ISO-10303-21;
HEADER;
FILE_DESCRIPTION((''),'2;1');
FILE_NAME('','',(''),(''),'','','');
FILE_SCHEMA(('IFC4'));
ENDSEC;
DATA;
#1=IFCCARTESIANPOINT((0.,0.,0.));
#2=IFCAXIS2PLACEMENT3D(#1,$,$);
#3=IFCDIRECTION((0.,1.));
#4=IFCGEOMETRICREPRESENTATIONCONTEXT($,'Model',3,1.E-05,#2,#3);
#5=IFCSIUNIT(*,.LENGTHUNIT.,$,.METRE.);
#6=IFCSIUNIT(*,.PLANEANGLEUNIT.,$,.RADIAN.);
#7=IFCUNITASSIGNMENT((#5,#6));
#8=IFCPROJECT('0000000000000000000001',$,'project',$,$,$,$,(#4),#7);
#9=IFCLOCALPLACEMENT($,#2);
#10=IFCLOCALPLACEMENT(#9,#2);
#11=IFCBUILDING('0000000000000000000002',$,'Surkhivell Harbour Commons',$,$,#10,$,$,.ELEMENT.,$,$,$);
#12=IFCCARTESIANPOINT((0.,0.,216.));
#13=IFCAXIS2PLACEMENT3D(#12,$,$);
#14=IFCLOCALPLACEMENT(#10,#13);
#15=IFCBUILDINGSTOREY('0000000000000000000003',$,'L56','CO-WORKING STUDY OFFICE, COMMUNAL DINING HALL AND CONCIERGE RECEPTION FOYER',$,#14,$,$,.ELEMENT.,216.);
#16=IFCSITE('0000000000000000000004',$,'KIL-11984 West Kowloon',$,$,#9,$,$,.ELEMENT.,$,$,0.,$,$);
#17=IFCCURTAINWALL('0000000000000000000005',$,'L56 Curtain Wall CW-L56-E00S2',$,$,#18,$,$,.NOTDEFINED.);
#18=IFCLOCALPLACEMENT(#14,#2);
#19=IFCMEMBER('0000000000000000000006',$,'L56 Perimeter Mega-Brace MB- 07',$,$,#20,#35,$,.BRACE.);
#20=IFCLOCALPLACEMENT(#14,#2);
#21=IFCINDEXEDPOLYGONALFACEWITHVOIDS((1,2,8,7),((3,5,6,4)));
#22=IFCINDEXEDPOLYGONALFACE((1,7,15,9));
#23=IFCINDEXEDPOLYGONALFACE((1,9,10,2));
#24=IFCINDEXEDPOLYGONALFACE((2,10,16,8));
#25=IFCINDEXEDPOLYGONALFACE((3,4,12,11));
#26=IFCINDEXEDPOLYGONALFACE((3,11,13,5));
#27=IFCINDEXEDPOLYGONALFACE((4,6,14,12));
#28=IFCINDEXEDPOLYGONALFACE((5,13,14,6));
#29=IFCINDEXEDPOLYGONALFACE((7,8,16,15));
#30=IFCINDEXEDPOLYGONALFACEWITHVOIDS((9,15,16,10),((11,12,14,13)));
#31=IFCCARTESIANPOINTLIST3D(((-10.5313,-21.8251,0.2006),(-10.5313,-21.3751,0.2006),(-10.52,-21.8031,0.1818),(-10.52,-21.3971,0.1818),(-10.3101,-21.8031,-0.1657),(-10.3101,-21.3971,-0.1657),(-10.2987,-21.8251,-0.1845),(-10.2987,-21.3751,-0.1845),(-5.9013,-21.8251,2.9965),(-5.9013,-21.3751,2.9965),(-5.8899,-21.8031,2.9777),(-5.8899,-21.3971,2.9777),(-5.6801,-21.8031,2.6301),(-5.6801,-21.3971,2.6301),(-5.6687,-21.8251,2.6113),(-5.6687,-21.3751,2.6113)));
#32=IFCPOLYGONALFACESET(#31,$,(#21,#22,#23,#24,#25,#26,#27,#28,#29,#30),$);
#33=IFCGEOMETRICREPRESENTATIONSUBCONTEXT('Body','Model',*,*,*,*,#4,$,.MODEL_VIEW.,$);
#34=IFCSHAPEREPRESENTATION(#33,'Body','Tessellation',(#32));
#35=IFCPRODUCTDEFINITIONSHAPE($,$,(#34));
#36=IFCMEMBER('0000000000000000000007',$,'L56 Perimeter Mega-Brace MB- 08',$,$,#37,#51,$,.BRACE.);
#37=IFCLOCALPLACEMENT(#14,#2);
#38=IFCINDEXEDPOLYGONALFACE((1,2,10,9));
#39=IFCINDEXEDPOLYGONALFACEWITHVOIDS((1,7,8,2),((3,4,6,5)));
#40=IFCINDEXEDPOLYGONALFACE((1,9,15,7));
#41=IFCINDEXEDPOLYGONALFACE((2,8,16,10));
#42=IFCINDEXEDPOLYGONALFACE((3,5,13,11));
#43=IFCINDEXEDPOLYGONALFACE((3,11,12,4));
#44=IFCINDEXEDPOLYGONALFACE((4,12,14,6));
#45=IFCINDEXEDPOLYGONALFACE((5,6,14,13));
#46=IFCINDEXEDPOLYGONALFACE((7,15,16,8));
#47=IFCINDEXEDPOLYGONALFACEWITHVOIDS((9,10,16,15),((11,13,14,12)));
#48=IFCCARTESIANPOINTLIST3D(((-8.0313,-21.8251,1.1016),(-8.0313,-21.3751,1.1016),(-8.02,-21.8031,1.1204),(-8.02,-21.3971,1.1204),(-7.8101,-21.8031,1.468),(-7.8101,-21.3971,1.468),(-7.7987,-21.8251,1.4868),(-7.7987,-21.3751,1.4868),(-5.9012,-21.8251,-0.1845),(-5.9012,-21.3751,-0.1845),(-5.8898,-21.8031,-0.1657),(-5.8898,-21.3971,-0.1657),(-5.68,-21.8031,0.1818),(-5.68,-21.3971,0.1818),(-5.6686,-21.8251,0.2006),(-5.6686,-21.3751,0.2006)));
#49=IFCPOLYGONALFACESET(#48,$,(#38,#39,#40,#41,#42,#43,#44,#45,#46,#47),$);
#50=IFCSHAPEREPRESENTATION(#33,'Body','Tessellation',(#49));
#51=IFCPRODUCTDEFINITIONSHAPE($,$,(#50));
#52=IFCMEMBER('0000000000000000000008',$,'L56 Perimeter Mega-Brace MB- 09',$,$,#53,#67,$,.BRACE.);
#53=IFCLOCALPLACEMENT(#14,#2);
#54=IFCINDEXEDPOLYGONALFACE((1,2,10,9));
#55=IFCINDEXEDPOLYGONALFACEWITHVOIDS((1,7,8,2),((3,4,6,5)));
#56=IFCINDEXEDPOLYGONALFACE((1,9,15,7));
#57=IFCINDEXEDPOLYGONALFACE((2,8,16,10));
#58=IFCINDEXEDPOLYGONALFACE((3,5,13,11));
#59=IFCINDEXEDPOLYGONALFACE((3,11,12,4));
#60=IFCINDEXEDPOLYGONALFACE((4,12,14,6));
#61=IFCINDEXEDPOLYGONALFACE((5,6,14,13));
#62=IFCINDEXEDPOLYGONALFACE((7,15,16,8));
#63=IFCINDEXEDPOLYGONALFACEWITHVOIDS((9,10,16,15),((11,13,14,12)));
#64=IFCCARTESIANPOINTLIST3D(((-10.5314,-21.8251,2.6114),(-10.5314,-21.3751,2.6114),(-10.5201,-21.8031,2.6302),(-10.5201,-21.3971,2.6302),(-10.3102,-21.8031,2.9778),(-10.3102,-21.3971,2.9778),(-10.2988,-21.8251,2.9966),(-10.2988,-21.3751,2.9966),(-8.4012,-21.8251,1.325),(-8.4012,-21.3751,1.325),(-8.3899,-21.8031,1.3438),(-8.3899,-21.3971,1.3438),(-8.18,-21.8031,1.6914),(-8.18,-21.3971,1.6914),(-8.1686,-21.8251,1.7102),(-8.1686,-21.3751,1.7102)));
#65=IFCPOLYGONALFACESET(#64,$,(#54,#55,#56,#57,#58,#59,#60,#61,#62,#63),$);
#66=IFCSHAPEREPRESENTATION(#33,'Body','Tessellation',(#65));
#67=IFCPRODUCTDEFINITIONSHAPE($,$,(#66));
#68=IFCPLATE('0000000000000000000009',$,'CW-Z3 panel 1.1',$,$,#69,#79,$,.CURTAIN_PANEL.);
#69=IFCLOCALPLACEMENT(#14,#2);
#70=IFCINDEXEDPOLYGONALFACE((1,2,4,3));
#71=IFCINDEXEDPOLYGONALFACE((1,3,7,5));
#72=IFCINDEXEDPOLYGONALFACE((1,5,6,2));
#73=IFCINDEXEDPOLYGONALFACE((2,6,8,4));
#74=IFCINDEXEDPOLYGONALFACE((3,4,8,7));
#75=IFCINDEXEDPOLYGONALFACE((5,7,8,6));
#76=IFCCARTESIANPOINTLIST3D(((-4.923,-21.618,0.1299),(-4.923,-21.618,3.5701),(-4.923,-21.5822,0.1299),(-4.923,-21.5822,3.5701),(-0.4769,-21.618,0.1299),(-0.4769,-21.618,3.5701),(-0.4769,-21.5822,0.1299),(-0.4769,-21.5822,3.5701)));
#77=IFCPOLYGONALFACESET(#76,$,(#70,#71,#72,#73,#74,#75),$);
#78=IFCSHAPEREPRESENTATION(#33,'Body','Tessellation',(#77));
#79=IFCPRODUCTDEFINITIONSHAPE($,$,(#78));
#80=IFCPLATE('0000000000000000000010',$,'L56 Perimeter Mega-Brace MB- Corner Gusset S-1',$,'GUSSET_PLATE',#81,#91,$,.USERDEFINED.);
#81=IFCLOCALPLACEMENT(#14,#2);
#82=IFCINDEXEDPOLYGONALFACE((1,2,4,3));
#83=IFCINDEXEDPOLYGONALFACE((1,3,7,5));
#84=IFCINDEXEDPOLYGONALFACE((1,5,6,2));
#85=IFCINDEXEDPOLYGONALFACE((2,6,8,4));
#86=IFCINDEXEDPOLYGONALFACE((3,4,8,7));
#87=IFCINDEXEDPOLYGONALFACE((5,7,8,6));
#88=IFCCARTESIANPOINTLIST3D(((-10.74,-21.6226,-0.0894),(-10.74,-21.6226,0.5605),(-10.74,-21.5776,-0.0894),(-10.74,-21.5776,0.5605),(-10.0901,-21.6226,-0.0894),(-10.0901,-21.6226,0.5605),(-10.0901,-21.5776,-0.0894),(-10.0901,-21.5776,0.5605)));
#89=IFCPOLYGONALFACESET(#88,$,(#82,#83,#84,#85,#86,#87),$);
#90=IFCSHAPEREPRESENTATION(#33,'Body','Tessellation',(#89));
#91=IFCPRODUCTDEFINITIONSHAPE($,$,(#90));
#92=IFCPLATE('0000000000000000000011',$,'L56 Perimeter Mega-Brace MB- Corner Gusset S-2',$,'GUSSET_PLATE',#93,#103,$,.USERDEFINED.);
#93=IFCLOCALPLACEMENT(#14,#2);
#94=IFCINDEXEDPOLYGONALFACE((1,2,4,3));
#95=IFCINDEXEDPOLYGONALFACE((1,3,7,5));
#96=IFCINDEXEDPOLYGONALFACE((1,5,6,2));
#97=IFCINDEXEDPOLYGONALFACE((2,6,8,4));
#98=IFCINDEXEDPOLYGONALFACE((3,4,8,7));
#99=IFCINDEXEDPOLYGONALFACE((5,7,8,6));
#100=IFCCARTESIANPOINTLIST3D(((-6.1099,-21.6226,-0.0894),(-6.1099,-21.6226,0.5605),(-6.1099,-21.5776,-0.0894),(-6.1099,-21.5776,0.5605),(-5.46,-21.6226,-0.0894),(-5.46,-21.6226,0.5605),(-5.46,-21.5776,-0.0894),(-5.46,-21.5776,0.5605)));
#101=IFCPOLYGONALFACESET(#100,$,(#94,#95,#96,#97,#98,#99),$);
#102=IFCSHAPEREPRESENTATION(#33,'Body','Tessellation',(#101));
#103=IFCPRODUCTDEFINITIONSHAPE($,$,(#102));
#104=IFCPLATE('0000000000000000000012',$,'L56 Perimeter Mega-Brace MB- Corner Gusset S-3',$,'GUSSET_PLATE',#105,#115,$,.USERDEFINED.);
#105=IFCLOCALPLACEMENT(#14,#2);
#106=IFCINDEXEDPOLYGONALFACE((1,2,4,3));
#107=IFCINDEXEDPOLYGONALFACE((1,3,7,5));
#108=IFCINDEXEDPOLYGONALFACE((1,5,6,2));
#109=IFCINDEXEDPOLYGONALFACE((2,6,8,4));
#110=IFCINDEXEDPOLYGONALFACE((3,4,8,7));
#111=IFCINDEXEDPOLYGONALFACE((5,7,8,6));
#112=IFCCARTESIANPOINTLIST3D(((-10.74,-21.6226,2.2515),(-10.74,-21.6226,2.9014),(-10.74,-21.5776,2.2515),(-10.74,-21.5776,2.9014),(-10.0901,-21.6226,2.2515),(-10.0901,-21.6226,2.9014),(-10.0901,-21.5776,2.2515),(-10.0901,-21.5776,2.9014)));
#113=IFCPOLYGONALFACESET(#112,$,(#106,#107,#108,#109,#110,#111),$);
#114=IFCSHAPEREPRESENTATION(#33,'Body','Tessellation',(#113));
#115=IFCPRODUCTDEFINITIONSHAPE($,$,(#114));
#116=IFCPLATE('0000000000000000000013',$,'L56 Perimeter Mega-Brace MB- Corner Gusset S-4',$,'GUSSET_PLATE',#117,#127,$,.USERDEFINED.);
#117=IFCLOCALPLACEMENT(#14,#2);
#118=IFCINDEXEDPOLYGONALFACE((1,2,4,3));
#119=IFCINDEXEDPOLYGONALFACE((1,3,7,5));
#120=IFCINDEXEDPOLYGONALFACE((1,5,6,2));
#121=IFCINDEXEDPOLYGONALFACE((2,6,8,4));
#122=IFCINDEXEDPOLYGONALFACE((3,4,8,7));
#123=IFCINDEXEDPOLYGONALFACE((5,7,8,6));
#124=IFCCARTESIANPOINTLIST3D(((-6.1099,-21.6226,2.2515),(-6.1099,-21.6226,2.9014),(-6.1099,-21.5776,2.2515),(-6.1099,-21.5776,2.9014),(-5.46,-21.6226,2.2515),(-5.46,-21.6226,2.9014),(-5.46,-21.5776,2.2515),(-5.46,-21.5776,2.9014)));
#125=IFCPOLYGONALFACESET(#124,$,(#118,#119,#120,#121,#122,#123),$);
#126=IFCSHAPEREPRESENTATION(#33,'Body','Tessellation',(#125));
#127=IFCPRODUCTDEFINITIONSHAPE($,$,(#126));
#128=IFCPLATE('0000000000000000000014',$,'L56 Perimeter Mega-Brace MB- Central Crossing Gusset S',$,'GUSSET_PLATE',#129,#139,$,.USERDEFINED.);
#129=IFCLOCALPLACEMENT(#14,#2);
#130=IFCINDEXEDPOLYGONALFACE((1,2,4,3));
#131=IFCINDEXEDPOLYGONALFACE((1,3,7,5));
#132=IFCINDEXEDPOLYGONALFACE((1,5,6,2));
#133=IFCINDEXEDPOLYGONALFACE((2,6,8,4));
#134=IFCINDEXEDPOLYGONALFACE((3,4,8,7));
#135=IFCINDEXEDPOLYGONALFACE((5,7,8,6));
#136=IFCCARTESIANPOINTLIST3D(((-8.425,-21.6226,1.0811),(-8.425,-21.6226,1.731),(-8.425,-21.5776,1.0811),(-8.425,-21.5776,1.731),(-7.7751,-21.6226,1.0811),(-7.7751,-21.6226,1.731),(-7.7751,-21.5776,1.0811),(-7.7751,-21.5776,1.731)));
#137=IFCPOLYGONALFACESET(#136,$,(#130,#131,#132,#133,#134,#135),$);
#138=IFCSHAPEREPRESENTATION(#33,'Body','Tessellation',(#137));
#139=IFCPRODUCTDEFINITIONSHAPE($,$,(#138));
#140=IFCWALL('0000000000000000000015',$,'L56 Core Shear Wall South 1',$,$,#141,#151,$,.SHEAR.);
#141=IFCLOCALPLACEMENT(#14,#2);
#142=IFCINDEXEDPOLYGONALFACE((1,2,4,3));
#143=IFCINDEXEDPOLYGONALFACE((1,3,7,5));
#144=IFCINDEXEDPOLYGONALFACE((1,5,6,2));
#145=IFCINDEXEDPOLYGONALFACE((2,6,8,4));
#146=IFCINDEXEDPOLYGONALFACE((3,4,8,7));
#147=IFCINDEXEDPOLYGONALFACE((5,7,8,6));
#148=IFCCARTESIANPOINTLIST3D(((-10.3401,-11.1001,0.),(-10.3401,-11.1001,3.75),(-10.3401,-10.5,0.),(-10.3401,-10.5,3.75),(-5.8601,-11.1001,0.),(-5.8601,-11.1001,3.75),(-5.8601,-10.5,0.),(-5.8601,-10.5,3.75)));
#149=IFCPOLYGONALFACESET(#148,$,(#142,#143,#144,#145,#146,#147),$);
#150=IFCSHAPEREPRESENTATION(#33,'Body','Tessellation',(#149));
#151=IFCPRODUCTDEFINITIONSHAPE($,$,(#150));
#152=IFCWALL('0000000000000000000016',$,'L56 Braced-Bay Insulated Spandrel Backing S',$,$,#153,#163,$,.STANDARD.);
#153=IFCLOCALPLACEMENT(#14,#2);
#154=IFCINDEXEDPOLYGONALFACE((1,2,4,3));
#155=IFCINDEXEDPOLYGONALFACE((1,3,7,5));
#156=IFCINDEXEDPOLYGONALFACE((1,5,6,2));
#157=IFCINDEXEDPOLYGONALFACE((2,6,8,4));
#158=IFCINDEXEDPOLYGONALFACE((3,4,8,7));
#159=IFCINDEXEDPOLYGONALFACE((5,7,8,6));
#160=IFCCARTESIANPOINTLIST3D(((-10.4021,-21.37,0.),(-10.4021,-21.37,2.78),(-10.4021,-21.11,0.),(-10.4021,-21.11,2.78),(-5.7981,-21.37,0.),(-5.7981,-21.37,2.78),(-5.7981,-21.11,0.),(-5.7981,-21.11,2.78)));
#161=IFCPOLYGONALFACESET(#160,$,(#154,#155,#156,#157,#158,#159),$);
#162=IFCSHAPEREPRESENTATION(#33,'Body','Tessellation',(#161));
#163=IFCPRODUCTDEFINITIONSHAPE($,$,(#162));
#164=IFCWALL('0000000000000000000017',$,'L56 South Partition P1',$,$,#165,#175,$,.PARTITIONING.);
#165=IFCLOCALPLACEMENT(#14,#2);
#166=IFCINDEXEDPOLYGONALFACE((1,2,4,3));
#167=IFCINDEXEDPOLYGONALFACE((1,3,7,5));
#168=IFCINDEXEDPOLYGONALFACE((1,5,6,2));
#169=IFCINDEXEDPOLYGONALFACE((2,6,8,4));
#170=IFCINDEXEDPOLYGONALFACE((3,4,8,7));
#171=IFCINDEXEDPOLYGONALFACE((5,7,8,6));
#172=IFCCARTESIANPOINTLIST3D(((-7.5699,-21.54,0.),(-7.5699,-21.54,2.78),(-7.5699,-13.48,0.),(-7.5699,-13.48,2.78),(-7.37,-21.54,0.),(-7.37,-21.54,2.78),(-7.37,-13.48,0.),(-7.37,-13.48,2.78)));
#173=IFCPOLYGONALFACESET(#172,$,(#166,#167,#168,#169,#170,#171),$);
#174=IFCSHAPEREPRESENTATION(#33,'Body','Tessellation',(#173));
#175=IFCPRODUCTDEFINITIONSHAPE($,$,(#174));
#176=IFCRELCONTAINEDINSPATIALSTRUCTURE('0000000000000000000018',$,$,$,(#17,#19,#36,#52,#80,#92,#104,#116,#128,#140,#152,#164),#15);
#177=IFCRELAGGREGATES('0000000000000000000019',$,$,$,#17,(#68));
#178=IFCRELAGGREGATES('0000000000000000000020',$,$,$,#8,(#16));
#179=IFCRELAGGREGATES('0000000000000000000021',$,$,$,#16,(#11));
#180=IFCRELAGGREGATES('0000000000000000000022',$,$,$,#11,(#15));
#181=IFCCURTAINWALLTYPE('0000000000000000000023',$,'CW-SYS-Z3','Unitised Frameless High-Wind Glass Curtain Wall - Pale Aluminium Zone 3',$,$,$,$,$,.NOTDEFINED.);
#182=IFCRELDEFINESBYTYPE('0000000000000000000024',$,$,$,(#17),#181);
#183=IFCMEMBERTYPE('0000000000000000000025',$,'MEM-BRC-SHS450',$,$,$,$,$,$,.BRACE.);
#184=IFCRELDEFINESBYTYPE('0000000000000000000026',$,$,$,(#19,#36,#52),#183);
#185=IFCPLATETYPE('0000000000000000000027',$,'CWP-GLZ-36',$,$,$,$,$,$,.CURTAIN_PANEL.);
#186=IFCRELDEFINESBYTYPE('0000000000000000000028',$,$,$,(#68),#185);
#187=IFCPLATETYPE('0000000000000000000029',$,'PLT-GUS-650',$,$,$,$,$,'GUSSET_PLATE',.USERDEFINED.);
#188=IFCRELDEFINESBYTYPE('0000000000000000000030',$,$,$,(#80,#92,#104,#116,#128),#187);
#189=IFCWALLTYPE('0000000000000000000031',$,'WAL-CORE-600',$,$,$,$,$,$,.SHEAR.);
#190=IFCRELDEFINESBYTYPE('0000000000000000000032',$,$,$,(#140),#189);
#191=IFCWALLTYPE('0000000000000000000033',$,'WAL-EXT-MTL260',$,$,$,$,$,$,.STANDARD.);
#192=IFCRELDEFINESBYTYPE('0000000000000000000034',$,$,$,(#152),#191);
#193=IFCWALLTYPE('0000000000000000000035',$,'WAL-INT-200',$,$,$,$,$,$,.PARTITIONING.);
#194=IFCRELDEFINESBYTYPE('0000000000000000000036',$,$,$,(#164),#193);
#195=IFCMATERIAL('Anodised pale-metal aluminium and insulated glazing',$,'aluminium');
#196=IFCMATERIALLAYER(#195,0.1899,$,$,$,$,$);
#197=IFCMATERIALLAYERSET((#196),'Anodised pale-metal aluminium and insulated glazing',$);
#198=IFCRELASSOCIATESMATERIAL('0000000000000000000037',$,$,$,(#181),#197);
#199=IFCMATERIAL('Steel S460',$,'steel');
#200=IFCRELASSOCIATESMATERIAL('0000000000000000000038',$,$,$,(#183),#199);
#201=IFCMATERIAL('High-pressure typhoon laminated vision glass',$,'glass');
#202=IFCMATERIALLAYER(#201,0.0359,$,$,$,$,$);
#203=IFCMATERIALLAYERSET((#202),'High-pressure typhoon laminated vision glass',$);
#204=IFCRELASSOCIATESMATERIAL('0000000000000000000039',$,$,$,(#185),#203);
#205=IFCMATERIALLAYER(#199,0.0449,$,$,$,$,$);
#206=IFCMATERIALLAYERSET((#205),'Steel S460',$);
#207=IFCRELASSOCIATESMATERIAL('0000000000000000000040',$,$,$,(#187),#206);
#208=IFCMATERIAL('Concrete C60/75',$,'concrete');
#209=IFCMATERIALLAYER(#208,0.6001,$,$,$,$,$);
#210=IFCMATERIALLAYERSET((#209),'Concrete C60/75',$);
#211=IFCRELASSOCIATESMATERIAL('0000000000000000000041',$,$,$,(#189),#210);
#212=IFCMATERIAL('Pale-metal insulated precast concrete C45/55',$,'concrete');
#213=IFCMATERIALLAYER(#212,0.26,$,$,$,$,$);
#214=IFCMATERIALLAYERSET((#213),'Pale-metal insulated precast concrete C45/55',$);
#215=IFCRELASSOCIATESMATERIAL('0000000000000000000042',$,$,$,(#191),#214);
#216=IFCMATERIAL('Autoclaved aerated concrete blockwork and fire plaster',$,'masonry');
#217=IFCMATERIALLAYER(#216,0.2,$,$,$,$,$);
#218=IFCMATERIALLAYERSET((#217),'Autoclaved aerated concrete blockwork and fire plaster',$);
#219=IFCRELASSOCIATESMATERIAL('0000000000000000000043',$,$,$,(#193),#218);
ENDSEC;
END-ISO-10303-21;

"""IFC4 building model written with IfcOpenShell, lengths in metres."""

from ifc_helpers import new_model, si_unit, direction, frame, frame_2d, origin, origin_2d, place, context, subcontext, project, spatial, rectangle, hollow_rectangle, extrude, material, layer, layer_set, material_profile, profile_set, type_object, element, aggregate, save


model = new_model("IFC4")

# Units and contexts
model_context = context("Model", 3, precision=1e-05, world=origin(), true_north=direction((0.0, 1.0)))
body_context = subcontext(model_context, "Body", "Model", "MODEL_VIEW")
ifc_project = project(units=[si_unit("LENGTHUNIT", "METRE"), si_unit("PLANEANGLEUNIT", "RADIAN")], contexts=[model_context])

# Site, building, storey
site_placement = place(None, origin())
site = spatial("IfcSite", under=ifc_project, at=site_placement, Name="KIL-11984 West Kowloon", CompositionType="ELEMENT", RefElevation=0.0)
building_placement = place(site_placement, origin())
building = spatial("IfcBuilding", under=site, at=building_placement, Name="Surkhivell Harbour Commons", CompositionType="ELEMENT")
storey_placement = place(building_placement, frame((0.0, 0.0, 216.0)))
storey = spatial("IfcBuildingStorey", under=building, at=storey_placement, Name="L56", Description="CO-WORKING STUDY OFFICE, COMMUNAL DINING HALL AND CONCIERGE RECEPTION FOYER", CompositionType="ELEMENT", Elevation=216.0)

# Shared definitions
ifc_material_1 = material(Name="Concrete C60/75", Category="concrete")

# Shared definitions
ifc_material_2 = material(Name="Anodised pale-metal aluminium and insulated glazing", Category="aluminium")
ifc_layer_1 = layer(ifc_material_2, 0.1899)
ifc_layer_set_1 = layer_set([ifc_layer_1], Name="Anodised pale-metal aluminium and insulated glazing")
curtain_wall_type = type_object("IfcCurtainWallType", Name="CW-SYS-Z3", Description="Unitised Frameless High-Wind Glass Curtain Wall - Pale Aluminium Zone 3", PredefinedType="NOTDEFINED", material=ifc_layer_set_1)

# Curtain wall
curtain_wall_1_placement = place(storey_placement, origin())
curtain_wall_1 = element("IfcCurtainWall", 1, at=curtain_wall_1_placement, inside=storey, type_object=curtain_wall_type, Name="L56 Curtain Wall CW-L56-E00S2", PredefinedType="NOTDEFINED")

# Members
ifc_material_3 = material(Name="Steel S460", Category="steel")
ifc_material_profile_1 = material_profile(ifc_material_3, hollow_rectangle(XDim=0.45, YDim=0.45, WallThickness=0.022, at=origin_2d()), Name="SHS450x450x22")
ifc_profile_set_1 = profile_set([ifc_material_profile_1], Name="Steel S460")
member_type_1 = type_object("IfcMemberType", Name="MEM-BRC-SHS450", PredefinedType="BRACE", material=ifc_profile_set_1)
member_1_placement = place(storey_placement, frame((-10.415, -21.6001, 0.0081), z_axis=(0.856036, 0.0, 0.516917), x_axis=(0.0, 1.0, 0.0)))
element("IfcMember", 2, at=member_1_placement, inside=storey, type_object=member_type_1, Name="L56 Perimeter Mega-Brace MB- 07", PredefinedType="BRACE", context=body_context, shape_type="SweptSolid", body=[
    extrude(hollow_rectangle(XDim=0.45, YDim=0.45, WallThickness=0.022, at=origin_2d()), origin(), (0.0, 0.0, 1.0), 5.4087),
])
member_2_placement = place(storey_placement, frame((-5.7849, -21.6001, 0.0081), z_axis=(-0.856061, 0.0, 0.516875), x_axis=(0.0, -1.0, 0.0)))
element("IfcMember", 3, at=member_2_placement, inside=storey, type_object=member_type_1, Name="L56 Perimeter Mega-Brace MB- 08", PredefinedType="BRACE", context=body_context, shape_type="SweptSolid", body=[
    extrude(hollow_rectangle(XDim=0.45, YDim=0.45, WallThickness=0.022, at=origin_2d()), origin(), (0.0, 0.0, 1.0), 2.4883),
])
member_3_placement = place(storey_placement, frame((-8.2849, -21.6001, 1.5176), z_axis=(-0.856018, 0.0, 0.516946), x_axis=(0.0, -1.0, 0.0)))
element("IfcMember", 4, at=member_3_placement, inside=storey, type_object=member_type_1, Name="L56 Perimeter Mega-Brace MB- 09", PredefinedType="BRACE", context=body_context, shape_type="SweptSolid", body=[
    extrude(hollow_rectangle(XDim=0.45, YDim=0.45, WallThickness=0.022, at=origin_2d()), origin(), (0.0, 0.0, 1.0), 2.4885),
])

# Plate
ifc_material_4 = material(Name="High-pressure typhoon laminated vision glass", Category="glass")
ifc_layer_2 = layer(ifc_material_4, 0.0359)
ifc_layer_set_2 = layer_set([ifc_layer_2], Name="High-pressure typhoon laminated vision glass")
plate_type_1 = type_object("IfcPlateType", Name="CWP-GLZ-36", PredefinedType="CURTAIN_PANEL", material=ifc_layer_set_2)
plate_placement = place(storey_placement, frame((-4.9231, -21.6001, 0.1299), z_axis=(0.0, 0.0, 1.0), x_axis=(1.0, 0.0, 0.0)))
plate = element("IfcPlate", 5, at=plate_placement, type_object=plate_type_1, Name="CW-Z3 panel 1.1", PredefinedType="CURTAIN_PANEL", context=body_context, shape_type="SweptSolid", body=[
    extrude(rectangle(XDim=4.446, YDim=0.0359, at=frame_2d((2.2231, 0.0))), origin(), (0.0, 0.0, 1.0), 3.4402),
])
aggregate(curtain_wall_1, [plate])

# Plates
ifc_layer_3 = layer(ifc_material_3, 0.0449)
ifc_layer_set_3 = layer_set([ifc_layer_3], Name="Steel S460")
plate_type_2 = type_object("IfcPlateType", Name="PLT-GUS-650", ElementType="GUSSET_PLATE", PredefinedType="USERDEFINED", material=ifc_layer_set_3)
for number, where, z_axis, x_axis, name in (
    (6, (-10.415, -21.6001, -0.0894), (0.0, 0.0, 1.0), (1.0, 0.0, 0.0), "L56 Perimeter Mega-Brace MB- Corner Gusset S-1"),
    (7, (-5.7849, -21.6001, -0.0894), (0.0, 0.0, 1.0), (1.0, 0.0, 0.0), "L56 Perimeter Mega-Brace MB- Corner Gusset S-2"),
    (8, (-10.415, -21.6001, 2.2515), (0.0, 0.0, 1.0), (1.0, 0.0, 0.0), "L56 Perimeter Mega-Brace MB- Corner Gusset S-3"),
    (9, (-5.7849, -21.6001, 2.2515), (0.0, 0.0, 1.0), (1.0, 0.0, 0.0), "L56 Perimeter Mega-Brace MB- Corner Gusset S-4"),
    (10, (-8.1001, -21.6001, 1.0811), (0.0, 0.0, 1.0), (1.0, 0.0, 0.0), "L56 Perimeter Mega-Brace MB- Central Crossing Gusset S"),
):
    element("IfcPlate", number, at=place(storey_placement, frame(where, z_axis=z_axis, x_axis=x_axis)), inside=storey, type_object=plate_type_2, Name=name, ObjectType="GUSSET_PLATE", PredefinedType="USERDEFINED", context=body_context, shape_type="SweptSolid", body=[
        extrude(rectangle(XDim=0.6499, YDim=0.0449, at=origin_2d()), origin(), (0.0, 0.0, 1.0), 0.6499),
    ])

# Walls
ifc_layer_4 = layer(ifc_material_1, 0.6001)
ifc_layer_set_4 = layer_set([ifc_layer_4], Name="Concrete C60/75")
wall_type_1 = type_object("IfcWallType", Name="WAL-CORE-600", PredefinedType="SHEAR", material=ifc_layer_set_4)
wall_1_placement = place(storey_placement, frame((-10.3401, -10.8, 0.0), z_axis=(0.0, 0.0, 1.0), x_axis=(1.0, 0.0, 0.0)))
element("IfcWall", 11, at=wall_1_placement, inside=storey, type_object=wall_type_1, Name="L56 Core Shear Wall South 1", PredefinedType="SHEAR", context=body_context, shape_type="SweptSolid", body=[
    extrude(rectangle(XDim=4.48, YDim=0.6001, at=frame_2d((2.24, 0.0))), origin(), (0.0, 0.0, 1.0), 3.75),
])
ifc_material_5 = material(Name="Pale-metal insulated precast concrete C45/55", Category="concrete")
ifc_layer_5 = layer(ifc_material_5, 0.26)
ifc_layer_set_5 = layer_set([ifc_layer_5], Name="Pale-metal insulated precast concrete C45/55")
wall_type_2 = type_object("IfcWallType", Name="WAL-EXT-MTL260", PredefinedType="STANDARD", material=ifc_layer_set_5)
wall_2_placement = place(storey_placement, frame((-10.4021, -21.24, 0.0), z_axis=(0.0, 0.0, 1.0), x_axis=(1.0, 0.0, 0.0)))
element("IfcWall", 12, at=wall_2_placement, inside=storey, type_object=wall_type_2, Name="L56 Braced-Bay Insulated Spandrel Backing S", PredefinedType="STANDARD", context=body_context, shape_type="SweptSolid", body=[
    extrude(rectangle(XDim=4.604, YDim=0.26, at=frame_2d((2.302, 0.0))), origin(), (0.0, 0.0, 1.0), 2.78),
])
ifc_material_6 = material(Name="Autoclaved aerated concrete blockwork and fire plaster", Category="masonry")
ifc_layer_6 = layer(ifc_material_6, 0.2)
ifc_layer_set_6 = layer_set([ifc_layer_6], Name="Autoclaved aerated concrete blockwork and fire plaster")
wall_type_3 = type_object("IfcWallType", Name="WAL-INT-200", PredefinedType="PARTITIONING", material=ifc_layer_set_6)
wall_3_placement = place(storey_placement, frame((-7.47, -21.54, 0.0), z_axis=(0.0, 0.0, 1.0), x_axis=(0.0, 1.0, 0.0)))
element("IfcWall", 13, at=wall_3_placement, inside=storey, type_object=wall_type_3, Name="L56 South Partition P1", PredefinedType="PARTITIONING", context=body_context, shape_type="SweptSolid", body=[
    extrude(rectangle(XDim=8.0601, YDim=0.2, at=frame_2d((4.03, 0.0))), origin(), (0.0, 0.0, 1.0), 2.78),
])

save(model, "model.ifc")
